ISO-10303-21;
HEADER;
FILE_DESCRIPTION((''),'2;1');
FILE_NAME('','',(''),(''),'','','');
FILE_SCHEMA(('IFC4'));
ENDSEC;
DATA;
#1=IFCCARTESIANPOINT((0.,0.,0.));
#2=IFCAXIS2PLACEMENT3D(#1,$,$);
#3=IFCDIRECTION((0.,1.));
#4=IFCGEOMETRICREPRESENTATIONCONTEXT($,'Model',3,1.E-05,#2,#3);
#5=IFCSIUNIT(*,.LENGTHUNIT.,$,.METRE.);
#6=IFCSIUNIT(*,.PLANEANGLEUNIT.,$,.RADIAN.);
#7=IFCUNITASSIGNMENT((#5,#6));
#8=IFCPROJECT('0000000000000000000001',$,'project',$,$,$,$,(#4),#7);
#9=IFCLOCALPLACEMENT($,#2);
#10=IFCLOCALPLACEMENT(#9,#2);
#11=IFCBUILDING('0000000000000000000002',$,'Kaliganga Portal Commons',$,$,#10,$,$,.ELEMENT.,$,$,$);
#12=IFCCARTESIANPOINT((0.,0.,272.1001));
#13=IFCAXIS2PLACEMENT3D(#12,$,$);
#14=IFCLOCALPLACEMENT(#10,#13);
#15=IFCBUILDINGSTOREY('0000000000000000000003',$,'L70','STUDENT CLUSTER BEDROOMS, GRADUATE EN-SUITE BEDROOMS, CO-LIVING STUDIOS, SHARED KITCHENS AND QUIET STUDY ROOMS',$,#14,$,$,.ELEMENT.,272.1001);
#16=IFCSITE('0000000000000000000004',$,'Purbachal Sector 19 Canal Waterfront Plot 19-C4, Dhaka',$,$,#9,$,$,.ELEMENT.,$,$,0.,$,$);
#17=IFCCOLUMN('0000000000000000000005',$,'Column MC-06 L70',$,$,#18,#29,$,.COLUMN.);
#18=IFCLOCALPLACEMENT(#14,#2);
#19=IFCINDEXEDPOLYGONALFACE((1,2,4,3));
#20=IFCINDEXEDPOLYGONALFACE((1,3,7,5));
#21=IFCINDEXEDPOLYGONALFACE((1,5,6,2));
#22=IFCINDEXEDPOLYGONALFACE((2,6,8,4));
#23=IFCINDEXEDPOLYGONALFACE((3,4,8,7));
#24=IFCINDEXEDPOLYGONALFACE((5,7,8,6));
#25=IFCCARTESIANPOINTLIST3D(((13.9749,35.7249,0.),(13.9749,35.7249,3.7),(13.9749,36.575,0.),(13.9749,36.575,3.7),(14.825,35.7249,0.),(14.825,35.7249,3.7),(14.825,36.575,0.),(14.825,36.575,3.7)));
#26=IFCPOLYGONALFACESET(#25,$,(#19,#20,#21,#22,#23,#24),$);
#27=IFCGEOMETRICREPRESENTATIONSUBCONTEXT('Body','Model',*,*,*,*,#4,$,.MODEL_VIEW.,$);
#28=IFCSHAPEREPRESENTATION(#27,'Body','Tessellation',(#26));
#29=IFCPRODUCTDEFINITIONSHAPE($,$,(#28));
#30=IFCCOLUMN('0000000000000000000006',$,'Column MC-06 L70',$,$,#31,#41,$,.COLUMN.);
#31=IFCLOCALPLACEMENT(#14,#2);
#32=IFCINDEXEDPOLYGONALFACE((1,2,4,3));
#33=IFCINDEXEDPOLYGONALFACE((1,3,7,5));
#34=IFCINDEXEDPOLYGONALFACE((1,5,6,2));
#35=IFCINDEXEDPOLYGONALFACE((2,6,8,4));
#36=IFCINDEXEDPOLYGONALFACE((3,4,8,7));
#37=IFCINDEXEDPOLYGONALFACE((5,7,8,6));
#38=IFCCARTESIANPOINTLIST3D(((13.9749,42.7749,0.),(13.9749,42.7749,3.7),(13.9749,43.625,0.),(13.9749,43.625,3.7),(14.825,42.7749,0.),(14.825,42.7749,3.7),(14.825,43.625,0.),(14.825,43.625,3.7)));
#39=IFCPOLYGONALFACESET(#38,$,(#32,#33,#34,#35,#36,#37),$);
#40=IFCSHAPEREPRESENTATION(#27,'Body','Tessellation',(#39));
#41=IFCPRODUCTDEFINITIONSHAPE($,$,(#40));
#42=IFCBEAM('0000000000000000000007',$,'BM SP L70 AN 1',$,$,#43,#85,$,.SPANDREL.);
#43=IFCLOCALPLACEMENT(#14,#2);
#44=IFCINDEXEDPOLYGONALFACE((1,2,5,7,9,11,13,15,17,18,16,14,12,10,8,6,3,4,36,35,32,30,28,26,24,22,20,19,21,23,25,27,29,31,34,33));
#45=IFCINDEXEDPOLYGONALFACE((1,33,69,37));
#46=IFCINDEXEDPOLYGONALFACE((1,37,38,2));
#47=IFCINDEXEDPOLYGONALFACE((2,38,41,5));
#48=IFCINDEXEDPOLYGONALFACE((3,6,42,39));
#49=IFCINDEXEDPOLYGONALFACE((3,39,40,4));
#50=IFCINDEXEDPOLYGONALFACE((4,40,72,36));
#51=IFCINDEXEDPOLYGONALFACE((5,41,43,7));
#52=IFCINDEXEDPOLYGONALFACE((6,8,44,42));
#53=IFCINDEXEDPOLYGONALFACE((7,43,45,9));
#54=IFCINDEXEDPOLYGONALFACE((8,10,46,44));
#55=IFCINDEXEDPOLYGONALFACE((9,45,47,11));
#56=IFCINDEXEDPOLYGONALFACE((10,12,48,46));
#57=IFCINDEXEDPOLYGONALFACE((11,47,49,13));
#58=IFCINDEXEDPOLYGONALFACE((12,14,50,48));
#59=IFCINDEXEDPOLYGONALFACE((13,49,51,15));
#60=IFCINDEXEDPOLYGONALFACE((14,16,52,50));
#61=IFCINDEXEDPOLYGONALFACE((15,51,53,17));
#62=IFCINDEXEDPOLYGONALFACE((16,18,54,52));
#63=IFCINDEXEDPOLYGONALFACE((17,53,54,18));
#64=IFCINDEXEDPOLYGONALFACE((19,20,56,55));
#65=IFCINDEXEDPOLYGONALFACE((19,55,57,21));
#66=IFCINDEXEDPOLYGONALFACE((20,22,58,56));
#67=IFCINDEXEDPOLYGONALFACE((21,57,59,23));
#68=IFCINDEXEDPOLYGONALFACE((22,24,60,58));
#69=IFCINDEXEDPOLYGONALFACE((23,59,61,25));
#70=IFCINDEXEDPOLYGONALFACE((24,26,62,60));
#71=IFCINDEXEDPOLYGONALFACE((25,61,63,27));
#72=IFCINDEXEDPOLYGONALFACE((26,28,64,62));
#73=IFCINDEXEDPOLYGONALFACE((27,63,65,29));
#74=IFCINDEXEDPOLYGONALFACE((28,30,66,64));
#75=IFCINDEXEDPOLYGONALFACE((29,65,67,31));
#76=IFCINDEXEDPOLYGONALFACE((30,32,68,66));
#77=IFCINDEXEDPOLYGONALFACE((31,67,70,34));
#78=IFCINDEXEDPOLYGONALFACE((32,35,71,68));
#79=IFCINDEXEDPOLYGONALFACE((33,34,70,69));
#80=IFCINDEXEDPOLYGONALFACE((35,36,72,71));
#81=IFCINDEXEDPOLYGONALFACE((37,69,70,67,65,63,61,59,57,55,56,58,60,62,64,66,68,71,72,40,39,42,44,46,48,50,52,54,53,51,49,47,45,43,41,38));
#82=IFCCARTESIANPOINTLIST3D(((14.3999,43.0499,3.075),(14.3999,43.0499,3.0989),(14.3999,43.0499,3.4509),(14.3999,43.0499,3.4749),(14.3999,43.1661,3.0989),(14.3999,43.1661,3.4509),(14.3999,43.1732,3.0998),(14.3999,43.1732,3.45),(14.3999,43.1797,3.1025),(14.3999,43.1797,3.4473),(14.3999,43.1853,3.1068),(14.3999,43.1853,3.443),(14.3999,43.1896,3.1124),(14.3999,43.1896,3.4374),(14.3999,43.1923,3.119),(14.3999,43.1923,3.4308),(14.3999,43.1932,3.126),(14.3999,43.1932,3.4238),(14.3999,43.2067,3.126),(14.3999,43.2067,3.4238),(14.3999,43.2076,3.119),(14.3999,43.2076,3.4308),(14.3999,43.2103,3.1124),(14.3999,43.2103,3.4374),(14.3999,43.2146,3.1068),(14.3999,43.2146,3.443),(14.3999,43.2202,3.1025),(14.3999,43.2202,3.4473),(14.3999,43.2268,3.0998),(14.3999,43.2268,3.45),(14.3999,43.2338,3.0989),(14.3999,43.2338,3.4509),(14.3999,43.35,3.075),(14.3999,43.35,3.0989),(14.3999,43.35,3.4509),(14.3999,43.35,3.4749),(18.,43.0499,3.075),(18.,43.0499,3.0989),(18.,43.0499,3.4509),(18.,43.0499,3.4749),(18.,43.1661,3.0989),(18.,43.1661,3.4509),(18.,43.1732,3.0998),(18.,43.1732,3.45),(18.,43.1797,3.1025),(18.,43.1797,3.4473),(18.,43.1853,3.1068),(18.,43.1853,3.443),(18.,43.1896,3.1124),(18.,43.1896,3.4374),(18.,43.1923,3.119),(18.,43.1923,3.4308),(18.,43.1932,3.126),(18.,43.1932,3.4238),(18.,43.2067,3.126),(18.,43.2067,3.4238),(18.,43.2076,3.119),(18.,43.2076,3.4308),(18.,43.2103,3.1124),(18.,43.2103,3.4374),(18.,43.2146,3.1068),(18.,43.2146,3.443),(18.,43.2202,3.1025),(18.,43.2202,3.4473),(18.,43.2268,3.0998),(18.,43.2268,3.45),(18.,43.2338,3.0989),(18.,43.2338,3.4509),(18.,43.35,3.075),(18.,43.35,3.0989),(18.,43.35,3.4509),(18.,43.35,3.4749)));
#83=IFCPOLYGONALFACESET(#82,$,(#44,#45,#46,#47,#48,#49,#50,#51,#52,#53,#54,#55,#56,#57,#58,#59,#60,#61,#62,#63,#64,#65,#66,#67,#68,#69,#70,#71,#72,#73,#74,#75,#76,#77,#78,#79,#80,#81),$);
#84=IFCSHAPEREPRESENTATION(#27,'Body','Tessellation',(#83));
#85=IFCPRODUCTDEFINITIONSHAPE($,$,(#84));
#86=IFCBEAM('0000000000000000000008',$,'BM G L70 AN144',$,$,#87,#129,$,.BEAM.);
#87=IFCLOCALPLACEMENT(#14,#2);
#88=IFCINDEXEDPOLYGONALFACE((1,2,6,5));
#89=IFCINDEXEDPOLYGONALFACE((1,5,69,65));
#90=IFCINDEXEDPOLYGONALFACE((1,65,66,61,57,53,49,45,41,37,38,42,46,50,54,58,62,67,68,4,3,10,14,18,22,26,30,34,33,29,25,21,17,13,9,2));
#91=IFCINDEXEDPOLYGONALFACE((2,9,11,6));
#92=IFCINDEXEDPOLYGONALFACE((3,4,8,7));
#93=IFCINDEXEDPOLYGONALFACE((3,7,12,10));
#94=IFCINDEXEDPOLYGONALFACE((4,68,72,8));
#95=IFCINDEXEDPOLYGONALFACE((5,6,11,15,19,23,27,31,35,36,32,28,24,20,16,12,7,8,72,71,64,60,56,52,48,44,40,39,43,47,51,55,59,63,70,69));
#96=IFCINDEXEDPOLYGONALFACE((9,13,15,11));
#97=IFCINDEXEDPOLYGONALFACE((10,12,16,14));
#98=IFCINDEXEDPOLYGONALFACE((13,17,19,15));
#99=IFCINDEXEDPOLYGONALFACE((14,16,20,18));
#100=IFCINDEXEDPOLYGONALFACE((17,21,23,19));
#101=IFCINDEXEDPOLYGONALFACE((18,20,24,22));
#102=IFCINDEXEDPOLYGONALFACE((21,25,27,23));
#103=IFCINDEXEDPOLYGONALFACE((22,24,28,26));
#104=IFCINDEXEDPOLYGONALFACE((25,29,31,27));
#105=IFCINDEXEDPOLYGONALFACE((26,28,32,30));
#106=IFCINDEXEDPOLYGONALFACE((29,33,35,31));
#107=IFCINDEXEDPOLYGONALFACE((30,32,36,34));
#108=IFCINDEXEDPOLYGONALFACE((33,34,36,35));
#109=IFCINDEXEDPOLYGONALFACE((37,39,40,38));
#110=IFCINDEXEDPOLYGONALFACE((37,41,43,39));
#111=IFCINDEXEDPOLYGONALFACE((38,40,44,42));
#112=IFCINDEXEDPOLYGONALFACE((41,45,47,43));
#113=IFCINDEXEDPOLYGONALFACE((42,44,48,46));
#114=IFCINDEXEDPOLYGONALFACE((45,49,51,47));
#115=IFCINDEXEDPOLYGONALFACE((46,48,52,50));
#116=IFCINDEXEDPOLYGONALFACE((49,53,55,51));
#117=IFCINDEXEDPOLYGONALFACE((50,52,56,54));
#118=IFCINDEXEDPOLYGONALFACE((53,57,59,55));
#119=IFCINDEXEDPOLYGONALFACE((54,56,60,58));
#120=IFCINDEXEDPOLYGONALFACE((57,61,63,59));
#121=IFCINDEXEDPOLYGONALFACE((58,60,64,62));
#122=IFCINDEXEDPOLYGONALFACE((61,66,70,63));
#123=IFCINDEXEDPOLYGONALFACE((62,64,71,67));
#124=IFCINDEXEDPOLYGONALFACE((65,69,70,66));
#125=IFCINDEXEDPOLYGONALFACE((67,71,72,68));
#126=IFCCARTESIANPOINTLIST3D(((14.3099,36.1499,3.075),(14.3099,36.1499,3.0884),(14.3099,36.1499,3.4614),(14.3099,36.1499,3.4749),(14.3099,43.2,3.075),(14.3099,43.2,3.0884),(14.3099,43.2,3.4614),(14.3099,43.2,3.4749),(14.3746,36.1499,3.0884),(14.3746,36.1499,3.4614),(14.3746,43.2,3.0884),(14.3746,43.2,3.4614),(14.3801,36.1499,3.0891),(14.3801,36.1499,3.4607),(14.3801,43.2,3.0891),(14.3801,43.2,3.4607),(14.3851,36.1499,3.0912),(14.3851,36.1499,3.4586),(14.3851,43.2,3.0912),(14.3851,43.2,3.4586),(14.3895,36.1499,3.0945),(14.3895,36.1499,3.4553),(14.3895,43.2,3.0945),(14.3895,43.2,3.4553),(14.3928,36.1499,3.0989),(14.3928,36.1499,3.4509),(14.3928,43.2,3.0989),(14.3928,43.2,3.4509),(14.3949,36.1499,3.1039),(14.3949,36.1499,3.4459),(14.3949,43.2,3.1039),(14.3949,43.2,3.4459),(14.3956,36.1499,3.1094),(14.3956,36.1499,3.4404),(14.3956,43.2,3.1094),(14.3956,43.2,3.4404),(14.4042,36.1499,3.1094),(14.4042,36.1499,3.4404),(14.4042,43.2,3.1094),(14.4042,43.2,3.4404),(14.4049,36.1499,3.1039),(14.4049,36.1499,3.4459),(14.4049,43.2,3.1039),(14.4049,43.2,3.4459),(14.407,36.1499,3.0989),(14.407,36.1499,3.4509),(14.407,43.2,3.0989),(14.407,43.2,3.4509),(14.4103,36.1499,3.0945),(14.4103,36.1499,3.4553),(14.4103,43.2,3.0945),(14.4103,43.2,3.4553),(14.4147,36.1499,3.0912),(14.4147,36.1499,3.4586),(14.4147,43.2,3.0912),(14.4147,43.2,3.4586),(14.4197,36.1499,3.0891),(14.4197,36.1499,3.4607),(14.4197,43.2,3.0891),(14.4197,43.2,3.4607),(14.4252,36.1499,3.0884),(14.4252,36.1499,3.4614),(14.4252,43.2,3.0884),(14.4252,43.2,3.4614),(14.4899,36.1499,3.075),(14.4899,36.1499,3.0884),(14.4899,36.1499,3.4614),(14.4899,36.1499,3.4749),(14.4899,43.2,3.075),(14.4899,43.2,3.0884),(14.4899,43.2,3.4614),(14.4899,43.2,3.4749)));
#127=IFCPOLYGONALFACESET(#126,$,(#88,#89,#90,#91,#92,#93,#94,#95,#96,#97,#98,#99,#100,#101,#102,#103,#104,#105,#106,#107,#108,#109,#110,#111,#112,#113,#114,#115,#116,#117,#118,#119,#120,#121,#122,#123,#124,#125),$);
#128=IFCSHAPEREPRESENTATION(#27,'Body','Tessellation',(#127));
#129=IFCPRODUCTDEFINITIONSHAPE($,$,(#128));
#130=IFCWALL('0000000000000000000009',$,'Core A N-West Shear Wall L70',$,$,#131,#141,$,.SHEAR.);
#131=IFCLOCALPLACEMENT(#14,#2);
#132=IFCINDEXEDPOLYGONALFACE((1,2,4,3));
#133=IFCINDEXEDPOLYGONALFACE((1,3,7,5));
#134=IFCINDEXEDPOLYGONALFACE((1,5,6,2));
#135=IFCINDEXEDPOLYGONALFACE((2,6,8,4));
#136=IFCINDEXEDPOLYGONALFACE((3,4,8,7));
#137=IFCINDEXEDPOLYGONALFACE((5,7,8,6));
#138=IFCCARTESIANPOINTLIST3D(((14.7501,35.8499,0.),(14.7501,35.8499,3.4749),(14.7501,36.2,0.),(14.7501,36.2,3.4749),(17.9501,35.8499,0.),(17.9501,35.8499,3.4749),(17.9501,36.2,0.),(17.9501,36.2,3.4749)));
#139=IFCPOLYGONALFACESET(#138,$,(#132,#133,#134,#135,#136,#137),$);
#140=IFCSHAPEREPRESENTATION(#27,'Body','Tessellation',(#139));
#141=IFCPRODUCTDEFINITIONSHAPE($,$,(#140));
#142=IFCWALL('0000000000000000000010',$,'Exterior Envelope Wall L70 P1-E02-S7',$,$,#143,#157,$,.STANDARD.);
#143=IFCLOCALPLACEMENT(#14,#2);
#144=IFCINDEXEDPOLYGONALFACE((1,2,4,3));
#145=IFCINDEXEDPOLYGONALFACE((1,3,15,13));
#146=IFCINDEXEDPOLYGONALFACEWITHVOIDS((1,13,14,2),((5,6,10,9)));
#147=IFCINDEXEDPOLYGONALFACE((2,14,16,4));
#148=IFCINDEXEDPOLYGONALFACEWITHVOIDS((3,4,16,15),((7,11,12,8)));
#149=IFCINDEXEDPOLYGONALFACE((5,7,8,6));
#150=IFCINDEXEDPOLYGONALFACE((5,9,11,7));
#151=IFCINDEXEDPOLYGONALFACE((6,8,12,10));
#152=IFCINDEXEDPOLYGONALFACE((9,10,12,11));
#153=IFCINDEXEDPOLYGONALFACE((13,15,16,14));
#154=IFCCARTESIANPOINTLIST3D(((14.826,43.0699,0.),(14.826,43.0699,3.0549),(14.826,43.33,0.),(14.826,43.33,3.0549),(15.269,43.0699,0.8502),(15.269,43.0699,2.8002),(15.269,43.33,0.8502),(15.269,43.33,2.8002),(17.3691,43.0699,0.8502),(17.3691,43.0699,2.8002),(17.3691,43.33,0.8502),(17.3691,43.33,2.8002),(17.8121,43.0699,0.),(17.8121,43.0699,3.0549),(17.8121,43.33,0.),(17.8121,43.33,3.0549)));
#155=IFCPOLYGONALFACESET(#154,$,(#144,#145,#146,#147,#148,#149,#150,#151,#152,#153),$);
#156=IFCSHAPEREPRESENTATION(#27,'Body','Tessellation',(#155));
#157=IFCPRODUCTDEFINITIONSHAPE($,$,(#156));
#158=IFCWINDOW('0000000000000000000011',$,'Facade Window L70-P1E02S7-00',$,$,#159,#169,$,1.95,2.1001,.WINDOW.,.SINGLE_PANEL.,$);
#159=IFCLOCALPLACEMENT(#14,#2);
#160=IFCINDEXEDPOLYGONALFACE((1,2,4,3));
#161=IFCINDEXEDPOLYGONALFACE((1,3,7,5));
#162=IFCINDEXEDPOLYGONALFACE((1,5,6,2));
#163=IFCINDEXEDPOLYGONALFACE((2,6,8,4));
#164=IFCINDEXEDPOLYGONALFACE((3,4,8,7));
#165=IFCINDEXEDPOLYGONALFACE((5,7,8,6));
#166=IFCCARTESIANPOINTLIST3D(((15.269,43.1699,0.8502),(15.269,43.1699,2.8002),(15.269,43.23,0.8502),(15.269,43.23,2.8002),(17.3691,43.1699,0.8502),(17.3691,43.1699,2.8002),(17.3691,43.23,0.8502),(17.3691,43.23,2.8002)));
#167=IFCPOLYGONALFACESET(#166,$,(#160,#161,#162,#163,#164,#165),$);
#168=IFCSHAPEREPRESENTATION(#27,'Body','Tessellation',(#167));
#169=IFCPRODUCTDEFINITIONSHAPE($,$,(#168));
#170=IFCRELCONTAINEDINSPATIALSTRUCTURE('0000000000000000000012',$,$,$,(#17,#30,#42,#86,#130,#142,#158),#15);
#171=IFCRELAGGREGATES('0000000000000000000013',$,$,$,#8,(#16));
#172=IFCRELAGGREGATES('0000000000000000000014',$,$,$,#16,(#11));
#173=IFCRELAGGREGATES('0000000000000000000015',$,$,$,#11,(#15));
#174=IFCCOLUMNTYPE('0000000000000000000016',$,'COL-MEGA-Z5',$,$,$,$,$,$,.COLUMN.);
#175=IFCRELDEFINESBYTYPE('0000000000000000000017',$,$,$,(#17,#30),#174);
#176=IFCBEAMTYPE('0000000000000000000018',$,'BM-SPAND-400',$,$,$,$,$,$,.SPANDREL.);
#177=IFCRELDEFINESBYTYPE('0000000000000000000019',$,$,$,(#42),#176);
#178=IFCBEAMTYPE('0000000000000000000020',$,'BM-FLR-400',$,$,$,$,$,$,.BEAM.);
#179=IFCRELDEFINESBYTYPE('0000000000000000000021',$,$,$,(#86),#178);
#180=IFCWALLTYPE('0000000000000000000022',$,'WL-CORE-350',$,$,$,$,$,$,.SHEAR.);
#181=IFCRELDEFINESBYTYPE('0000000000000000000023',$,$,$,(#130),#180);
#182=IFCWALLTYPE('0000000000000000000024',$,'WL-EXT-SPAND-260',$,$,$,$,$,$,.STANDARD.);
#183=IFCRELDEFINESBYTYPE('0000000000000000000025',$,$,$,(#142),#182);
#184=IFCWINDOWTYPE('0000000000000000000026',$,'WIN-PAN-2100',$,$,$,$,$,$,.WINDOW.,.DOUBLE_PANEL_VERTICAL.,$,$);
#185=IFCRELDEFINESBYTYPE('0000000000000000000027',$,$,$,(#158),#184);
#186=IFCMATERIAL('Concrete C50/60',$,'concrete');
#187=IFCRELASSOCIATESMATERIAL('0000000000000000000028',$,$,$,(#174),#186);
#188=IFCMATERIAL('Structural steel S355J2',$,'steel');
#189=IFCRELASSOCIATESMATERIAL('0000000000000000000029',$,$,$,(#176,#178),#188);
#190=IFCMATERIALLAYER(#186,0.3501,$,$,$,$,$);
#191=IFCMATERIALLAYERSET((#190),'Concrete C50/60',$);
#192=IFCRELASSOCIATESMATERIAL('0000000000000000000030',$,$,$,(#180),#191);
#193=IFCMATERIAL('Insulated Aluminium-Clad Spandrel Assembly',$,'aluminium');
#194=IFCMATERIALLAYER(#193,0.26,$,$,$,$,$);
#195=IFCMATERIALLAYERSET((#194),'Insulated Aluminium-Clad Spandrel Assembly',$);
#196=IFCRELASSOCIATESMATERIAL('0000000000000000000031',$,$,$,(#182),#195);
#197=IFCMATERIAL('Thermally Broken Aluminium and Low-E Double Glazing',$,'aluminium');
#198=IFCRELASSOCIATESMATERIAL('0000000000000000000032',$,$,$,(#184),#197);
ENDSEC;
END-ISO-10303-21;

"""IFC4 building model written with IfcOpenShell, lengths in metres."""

from ifc_helpers import new_model, si_unit, direction, frame, frame_2d, origin, origin_2d, place, context, subcontext, project, spatial, rectangle, i_section, extrude, source, transform, mapped, material, layer, layer_set, material_profile, profile_set, type_object, element, fill, save


model = new_model("IFC4")

# Units and contexts
model_context = context("Model", 3, precision=1e-05, world=origin(), true_north=direction((0.0, 1.0)))
body_context = subcontext(model_context, "Body", "Model", "MODEL_VIEW")
ifc_project = project(units=[si_unit("LENGTHUNIT", "METRE"), si_unit("PLANEANGLEUNIT", "RADIAN")], contexts=[model_context])

# Site, building, storey
site_placement = place(None, origin())
site = spatial("IfcSite", under=ifc_project, at=site_placement, Name="Purbachal Sector 19 Canal Waterfront Plot 19-C4, Dhaka", CompositionType="ELEMENT", RefElevation=0.0)
building_placement = place(site_placement, origin())
building = spatial("IfcBuilding", under=site, at=building_placement, Name="Kaliganga Portal Commons", CompositionType="ELEMENT")
storey_placement = place(building_placement, frame((0.0, 0.0, 272.1001)))
storey = spatial("IfcBuildingStorey", under=building, at=storey_placement, Name="L70", Description="STUDENT CLUSTER BEDROOMS, GRADUATE EN-SUITE BEDROOMS, CO-LIVING STUDIOS, SHARED KITCHENS AND QUIET STUDY ROOMS", CompositionType="ELEMENT", Elevation=272.1001)

# Columns
ifc_material_1 = material(Name="Concrete C50/60", Category="concrete")
ifc_material_profile_1 = material_profile(ifc_material_1, rectangle(XDim=0.8501, YDim=0.8501, at=origin_2d()), Name="RC 850x850")
ifc_profile_set_1 = profile_set([ifc_material_profile_1], Name="Concrete C50/60")
column_type = type_object("IfcColumnType", Name="COL-MEGA-Z5", PredefinedType="COLUMN", material=ifc_profile_set_1)
shared_shape_1 = source(origin(), body_context, "Body", "SweptSolid", [
    extrude(rectangle(XDim=0.8501, YDim=0.8501, at=origin_2d()), origin(), (0.0, 0.0, 1.0), 3.7),
])
for number, where, z_axis, x_axis, name in (
    (1, (14.3999, 36.1499, 0.0), (0.0, 0.0, 1.0), (1.0, 0.0, 0.0), "Column MC-06 L70"),
    (2, (14.3999, 43.2, 0.0), (0.0, 0.0, 1.0), (1.0, 0.0, 0.0), "Column MC-06 L70"),
):
    element("IfcColumn", number, at=place(storey_placement, frame(where, z_axis=z_axis, x_axis=x_axis)), inside=storey, type_object=column_type, Name=name, PredefinedType="COLUMN", context=body_context, shape_type="MappedRepresentation", body=[
        mapped(shared_shape_1, transform((0.0, 0.0, 0.0), x_axis=(1.0, 0.0, 0.0), y_axis=(0.0, 1.0, 0.0), z_axis=(0.0, 0.0, 1.0), scale=1.0)),
    ])

# Beams
ifc_material_2 = material(Name="Structural steel S355J2", Category="steel")
ifc_material_profile_2 = material_profile(ifc_material_2, i_section(OverallWidth=0.3, OverallDepth=0.3999, WebThickness=0.0134, FlangeThickness=0.0239, FilletRadius=0.0271, at=origin_2d()), Name="HE 400 B")
ifc_profile_set_2 = profile_set([ifc_material_profile_2], Name="Structural steel S355J2 wide-flange")
beam_type_1 = type_object("IfcBeamType", Name="BM-SPAND-400", PredefinedType="SPANDREL", material=ifc_profile_set_2)
shared_shape_2 = source(origin(), body_context, "Body", "SweptSolid", [
    extrude(i_section(OverallWidth=0.3, OverallDepth=0.3999, WebThickness=0.0134, FlangeThickness=0.0239, FilletRadius=0.0271, at=origin_2d()), origin(), (0.0, 0.0, 1.0), 3.6001),
])
beam_1_placement = place(storey_placement, frame((14.3999, 43.2, 3.2749), z_axis=(1.0, 0.0, 0.0), x_axis=(0.0, 1.0, 0.0)))
element("IfcBeam", 3, at=beam_1_placement, inside=storey, type_object=beam_type_1, Name="BM SP L70 AN 1", PredefinedType="SPANDREL", context=body_context, shape_type="MappedRepresentation", body=[
    mapped(shared_shape_2, transform((0.0, 0.0, 0.0), x_axis=(1.0, 0.0, 0.0), y_axis=(0.0, 1.0, 0.0), z_axis=(0.0, 0.0, 1.0), scale=1.0)),
])
ifc_material_profile_3 = material_profile(ifc_material_2, i_section(OverallWidth=0.1799, OverallDepth=0.3999, WebThickness=0.0085, FlangeThickness=0.0134, FilletRadius=0.021, at=origin_2d()), Name="IPE 400")
ifc_profile_set_3 = profile_set([ifc_material_profile_3], Name="Structural steel S355J2 wide-flange")
beam_type_2 = type_object("IfcBeamType", Name="BM-FLR-400", PredefinedType="BEAM", material=ifc_profile_set_3)
shared_shape_3 = source(origin(), body_context, "Body", "SweptSolid", [
    extrude(i_section(OverallWidth=0.1799, OverallDepth=0.3999, WebThickness=0.0085, FlangeThickness=0.0134, FilletRadius=0.021, at=origin_2d()), origin(), (0.0, 0.0, 1.0), 7.05),
])
beam_2_placement = place(storey_placement, frame((14.3999, 36.1499, 3.2749), z_axis=(0.0, 1.0, 0.0), x_axis=(-1.0, 0.0, 0.0)))
element("IfcBeam", 4, at=beam_2_placement, inside=storey, type_object=beam_type_2, Name="BM G L70 AN144", PredefinedType="BEAM", context=body_context, shape_type="MappedRepresentation", body=[
    mapped(shared_shape_3, transform((0.0, 0.0, 0.0), x_axis=(1.0, 0.0, 0.0), y_axis=(0.0, 1.0, 0.0), z_axis=(0.0, 0.0, 1.0), scale=1.0)),
])

# Wall
ifc_layer_1 = layer(ifc_material_1, 0.3501)
ifc_layer_set_1 = layer_set([ifc_layer_1], Name="Concrete C50/60")
wall_type_1 = type_object("IfcWallType", Name="WL-CORE-350", PredefinedType="SHEAR", material=ifc_layer_set_1)
wall_1_placement = place(storey_placement, frame((14.75, 36.0249, 0.0), z_axis=(0.0, 0.0, 1.0), x_axis=(1.0, 0.0, 0.0)))
element("IfcWall", 5, at=wall_1_placement, inside=storey, type_object=wall_type_1, Name="Core A N-West Shear Wall L70", PredefinedType="SHEAR", context=body_context, shape_type="SweptSolid", body=[
    extrude(rectangle(XDim=3.2, YDim=0.3501, at=frame_2d((1.6001, 0.0))), origin(), (0.0, 0.0, 1.0), 3.4749),
])

# Wall, opening, window
ifc_material_3 = material(Name="Insulated Aluminium-Clad Spandrel Assembly", Category="aluminium")
ifc_layer_2 = layer(ifc_material_3, 0.26)
ifc_layer_set_2 = layer_set([ifc_layer_2], Name="Insulated Aluminium-Clad Spandrel Assembly")
wall_type_2 = type_object("IfcWallType", Name="WL-EXT-SPAND-260", PredefinedType="STANDARD", material=ifc_layer_set_2)
wall_2_placement = place(storey_placement, frame((14.8259, 43.2, 0.0), z_axis=(0.0, 0.0, 1.0), x_axis=(1.0, 0.0, 0.0)))
wall_2 = element("IfcWall", 6, at=wall_2_placement, inside=storey, type_object=wall_type_2, Name="Exterior Envelope Wall L70 P1-E02-S7", PredefinedType="STANDARD", context=body_context, shape_type="SweptSolid", body=[
    extrude(rectangle(XDim=2.9861, YDim=0.26, at=frame_2d((1.4932, 0.0))), origin(), (0.0, 0.0, 1.0), 3.0549),
])
opening_1_placement = place(wall_2_placement, frame((0.4431, 0.0, 0.8501)))
opening_1 = element("IfcOpeningElement", 7, at=opening_1_placement, cuts=wall_2, PredefinedType="OPENING", context=body_context, shape_type="SweptSolid", body=[
    extrude(rectangle(XDim=2.1001, YDim=1.95, at=frame_2d((1.05, 0.9751))), frame((0.0, 0.1401, 0.0), z_axis=(0.0, -1.0, 0.0), x_axis=(1.0, 0.0, 0.0)), (0.0, 0.0, 1.0), 0.28),
])
ifc_material_4 = material(Name="Thermally Broken Aluminium and Low-E Double Glazing", Category="aluminium")
window_type = type_object("IfcWindowType", Name="WIN-PAN-2100", PartitioningType="DOUBLE_PANEL_VERTICAL", PredefinedType="WINDOW", material=ifc_material_4)
window_placement = place(opening_1_placement, origin())
window = element("IfcWindow", 8, at=window_placement, inside=storey, type_object=window_type, Name="Facade Window L70-P1E02S7-00", OverallHeight=1.95, OverallWidth=2.1001, PartitioningType="SINGLE_PANEL", PredefinedType="WINDOW", context=body_context, shape_type="SweptSolid", body=[
    extrude(rectangle(XDim=2.1001, YDim=1.95, at=frame_2d((1.05, 0.9751))), frame((0.0, 0.03, 0.0), z_axis=(0.0, -1.0, 0.0), x_axis=(1.0, 0.0, 0.0)), (0.0, 0.0, 1.0), 0.0601),
])
fill(opening_1, window)

save(model, "model.ifc")
